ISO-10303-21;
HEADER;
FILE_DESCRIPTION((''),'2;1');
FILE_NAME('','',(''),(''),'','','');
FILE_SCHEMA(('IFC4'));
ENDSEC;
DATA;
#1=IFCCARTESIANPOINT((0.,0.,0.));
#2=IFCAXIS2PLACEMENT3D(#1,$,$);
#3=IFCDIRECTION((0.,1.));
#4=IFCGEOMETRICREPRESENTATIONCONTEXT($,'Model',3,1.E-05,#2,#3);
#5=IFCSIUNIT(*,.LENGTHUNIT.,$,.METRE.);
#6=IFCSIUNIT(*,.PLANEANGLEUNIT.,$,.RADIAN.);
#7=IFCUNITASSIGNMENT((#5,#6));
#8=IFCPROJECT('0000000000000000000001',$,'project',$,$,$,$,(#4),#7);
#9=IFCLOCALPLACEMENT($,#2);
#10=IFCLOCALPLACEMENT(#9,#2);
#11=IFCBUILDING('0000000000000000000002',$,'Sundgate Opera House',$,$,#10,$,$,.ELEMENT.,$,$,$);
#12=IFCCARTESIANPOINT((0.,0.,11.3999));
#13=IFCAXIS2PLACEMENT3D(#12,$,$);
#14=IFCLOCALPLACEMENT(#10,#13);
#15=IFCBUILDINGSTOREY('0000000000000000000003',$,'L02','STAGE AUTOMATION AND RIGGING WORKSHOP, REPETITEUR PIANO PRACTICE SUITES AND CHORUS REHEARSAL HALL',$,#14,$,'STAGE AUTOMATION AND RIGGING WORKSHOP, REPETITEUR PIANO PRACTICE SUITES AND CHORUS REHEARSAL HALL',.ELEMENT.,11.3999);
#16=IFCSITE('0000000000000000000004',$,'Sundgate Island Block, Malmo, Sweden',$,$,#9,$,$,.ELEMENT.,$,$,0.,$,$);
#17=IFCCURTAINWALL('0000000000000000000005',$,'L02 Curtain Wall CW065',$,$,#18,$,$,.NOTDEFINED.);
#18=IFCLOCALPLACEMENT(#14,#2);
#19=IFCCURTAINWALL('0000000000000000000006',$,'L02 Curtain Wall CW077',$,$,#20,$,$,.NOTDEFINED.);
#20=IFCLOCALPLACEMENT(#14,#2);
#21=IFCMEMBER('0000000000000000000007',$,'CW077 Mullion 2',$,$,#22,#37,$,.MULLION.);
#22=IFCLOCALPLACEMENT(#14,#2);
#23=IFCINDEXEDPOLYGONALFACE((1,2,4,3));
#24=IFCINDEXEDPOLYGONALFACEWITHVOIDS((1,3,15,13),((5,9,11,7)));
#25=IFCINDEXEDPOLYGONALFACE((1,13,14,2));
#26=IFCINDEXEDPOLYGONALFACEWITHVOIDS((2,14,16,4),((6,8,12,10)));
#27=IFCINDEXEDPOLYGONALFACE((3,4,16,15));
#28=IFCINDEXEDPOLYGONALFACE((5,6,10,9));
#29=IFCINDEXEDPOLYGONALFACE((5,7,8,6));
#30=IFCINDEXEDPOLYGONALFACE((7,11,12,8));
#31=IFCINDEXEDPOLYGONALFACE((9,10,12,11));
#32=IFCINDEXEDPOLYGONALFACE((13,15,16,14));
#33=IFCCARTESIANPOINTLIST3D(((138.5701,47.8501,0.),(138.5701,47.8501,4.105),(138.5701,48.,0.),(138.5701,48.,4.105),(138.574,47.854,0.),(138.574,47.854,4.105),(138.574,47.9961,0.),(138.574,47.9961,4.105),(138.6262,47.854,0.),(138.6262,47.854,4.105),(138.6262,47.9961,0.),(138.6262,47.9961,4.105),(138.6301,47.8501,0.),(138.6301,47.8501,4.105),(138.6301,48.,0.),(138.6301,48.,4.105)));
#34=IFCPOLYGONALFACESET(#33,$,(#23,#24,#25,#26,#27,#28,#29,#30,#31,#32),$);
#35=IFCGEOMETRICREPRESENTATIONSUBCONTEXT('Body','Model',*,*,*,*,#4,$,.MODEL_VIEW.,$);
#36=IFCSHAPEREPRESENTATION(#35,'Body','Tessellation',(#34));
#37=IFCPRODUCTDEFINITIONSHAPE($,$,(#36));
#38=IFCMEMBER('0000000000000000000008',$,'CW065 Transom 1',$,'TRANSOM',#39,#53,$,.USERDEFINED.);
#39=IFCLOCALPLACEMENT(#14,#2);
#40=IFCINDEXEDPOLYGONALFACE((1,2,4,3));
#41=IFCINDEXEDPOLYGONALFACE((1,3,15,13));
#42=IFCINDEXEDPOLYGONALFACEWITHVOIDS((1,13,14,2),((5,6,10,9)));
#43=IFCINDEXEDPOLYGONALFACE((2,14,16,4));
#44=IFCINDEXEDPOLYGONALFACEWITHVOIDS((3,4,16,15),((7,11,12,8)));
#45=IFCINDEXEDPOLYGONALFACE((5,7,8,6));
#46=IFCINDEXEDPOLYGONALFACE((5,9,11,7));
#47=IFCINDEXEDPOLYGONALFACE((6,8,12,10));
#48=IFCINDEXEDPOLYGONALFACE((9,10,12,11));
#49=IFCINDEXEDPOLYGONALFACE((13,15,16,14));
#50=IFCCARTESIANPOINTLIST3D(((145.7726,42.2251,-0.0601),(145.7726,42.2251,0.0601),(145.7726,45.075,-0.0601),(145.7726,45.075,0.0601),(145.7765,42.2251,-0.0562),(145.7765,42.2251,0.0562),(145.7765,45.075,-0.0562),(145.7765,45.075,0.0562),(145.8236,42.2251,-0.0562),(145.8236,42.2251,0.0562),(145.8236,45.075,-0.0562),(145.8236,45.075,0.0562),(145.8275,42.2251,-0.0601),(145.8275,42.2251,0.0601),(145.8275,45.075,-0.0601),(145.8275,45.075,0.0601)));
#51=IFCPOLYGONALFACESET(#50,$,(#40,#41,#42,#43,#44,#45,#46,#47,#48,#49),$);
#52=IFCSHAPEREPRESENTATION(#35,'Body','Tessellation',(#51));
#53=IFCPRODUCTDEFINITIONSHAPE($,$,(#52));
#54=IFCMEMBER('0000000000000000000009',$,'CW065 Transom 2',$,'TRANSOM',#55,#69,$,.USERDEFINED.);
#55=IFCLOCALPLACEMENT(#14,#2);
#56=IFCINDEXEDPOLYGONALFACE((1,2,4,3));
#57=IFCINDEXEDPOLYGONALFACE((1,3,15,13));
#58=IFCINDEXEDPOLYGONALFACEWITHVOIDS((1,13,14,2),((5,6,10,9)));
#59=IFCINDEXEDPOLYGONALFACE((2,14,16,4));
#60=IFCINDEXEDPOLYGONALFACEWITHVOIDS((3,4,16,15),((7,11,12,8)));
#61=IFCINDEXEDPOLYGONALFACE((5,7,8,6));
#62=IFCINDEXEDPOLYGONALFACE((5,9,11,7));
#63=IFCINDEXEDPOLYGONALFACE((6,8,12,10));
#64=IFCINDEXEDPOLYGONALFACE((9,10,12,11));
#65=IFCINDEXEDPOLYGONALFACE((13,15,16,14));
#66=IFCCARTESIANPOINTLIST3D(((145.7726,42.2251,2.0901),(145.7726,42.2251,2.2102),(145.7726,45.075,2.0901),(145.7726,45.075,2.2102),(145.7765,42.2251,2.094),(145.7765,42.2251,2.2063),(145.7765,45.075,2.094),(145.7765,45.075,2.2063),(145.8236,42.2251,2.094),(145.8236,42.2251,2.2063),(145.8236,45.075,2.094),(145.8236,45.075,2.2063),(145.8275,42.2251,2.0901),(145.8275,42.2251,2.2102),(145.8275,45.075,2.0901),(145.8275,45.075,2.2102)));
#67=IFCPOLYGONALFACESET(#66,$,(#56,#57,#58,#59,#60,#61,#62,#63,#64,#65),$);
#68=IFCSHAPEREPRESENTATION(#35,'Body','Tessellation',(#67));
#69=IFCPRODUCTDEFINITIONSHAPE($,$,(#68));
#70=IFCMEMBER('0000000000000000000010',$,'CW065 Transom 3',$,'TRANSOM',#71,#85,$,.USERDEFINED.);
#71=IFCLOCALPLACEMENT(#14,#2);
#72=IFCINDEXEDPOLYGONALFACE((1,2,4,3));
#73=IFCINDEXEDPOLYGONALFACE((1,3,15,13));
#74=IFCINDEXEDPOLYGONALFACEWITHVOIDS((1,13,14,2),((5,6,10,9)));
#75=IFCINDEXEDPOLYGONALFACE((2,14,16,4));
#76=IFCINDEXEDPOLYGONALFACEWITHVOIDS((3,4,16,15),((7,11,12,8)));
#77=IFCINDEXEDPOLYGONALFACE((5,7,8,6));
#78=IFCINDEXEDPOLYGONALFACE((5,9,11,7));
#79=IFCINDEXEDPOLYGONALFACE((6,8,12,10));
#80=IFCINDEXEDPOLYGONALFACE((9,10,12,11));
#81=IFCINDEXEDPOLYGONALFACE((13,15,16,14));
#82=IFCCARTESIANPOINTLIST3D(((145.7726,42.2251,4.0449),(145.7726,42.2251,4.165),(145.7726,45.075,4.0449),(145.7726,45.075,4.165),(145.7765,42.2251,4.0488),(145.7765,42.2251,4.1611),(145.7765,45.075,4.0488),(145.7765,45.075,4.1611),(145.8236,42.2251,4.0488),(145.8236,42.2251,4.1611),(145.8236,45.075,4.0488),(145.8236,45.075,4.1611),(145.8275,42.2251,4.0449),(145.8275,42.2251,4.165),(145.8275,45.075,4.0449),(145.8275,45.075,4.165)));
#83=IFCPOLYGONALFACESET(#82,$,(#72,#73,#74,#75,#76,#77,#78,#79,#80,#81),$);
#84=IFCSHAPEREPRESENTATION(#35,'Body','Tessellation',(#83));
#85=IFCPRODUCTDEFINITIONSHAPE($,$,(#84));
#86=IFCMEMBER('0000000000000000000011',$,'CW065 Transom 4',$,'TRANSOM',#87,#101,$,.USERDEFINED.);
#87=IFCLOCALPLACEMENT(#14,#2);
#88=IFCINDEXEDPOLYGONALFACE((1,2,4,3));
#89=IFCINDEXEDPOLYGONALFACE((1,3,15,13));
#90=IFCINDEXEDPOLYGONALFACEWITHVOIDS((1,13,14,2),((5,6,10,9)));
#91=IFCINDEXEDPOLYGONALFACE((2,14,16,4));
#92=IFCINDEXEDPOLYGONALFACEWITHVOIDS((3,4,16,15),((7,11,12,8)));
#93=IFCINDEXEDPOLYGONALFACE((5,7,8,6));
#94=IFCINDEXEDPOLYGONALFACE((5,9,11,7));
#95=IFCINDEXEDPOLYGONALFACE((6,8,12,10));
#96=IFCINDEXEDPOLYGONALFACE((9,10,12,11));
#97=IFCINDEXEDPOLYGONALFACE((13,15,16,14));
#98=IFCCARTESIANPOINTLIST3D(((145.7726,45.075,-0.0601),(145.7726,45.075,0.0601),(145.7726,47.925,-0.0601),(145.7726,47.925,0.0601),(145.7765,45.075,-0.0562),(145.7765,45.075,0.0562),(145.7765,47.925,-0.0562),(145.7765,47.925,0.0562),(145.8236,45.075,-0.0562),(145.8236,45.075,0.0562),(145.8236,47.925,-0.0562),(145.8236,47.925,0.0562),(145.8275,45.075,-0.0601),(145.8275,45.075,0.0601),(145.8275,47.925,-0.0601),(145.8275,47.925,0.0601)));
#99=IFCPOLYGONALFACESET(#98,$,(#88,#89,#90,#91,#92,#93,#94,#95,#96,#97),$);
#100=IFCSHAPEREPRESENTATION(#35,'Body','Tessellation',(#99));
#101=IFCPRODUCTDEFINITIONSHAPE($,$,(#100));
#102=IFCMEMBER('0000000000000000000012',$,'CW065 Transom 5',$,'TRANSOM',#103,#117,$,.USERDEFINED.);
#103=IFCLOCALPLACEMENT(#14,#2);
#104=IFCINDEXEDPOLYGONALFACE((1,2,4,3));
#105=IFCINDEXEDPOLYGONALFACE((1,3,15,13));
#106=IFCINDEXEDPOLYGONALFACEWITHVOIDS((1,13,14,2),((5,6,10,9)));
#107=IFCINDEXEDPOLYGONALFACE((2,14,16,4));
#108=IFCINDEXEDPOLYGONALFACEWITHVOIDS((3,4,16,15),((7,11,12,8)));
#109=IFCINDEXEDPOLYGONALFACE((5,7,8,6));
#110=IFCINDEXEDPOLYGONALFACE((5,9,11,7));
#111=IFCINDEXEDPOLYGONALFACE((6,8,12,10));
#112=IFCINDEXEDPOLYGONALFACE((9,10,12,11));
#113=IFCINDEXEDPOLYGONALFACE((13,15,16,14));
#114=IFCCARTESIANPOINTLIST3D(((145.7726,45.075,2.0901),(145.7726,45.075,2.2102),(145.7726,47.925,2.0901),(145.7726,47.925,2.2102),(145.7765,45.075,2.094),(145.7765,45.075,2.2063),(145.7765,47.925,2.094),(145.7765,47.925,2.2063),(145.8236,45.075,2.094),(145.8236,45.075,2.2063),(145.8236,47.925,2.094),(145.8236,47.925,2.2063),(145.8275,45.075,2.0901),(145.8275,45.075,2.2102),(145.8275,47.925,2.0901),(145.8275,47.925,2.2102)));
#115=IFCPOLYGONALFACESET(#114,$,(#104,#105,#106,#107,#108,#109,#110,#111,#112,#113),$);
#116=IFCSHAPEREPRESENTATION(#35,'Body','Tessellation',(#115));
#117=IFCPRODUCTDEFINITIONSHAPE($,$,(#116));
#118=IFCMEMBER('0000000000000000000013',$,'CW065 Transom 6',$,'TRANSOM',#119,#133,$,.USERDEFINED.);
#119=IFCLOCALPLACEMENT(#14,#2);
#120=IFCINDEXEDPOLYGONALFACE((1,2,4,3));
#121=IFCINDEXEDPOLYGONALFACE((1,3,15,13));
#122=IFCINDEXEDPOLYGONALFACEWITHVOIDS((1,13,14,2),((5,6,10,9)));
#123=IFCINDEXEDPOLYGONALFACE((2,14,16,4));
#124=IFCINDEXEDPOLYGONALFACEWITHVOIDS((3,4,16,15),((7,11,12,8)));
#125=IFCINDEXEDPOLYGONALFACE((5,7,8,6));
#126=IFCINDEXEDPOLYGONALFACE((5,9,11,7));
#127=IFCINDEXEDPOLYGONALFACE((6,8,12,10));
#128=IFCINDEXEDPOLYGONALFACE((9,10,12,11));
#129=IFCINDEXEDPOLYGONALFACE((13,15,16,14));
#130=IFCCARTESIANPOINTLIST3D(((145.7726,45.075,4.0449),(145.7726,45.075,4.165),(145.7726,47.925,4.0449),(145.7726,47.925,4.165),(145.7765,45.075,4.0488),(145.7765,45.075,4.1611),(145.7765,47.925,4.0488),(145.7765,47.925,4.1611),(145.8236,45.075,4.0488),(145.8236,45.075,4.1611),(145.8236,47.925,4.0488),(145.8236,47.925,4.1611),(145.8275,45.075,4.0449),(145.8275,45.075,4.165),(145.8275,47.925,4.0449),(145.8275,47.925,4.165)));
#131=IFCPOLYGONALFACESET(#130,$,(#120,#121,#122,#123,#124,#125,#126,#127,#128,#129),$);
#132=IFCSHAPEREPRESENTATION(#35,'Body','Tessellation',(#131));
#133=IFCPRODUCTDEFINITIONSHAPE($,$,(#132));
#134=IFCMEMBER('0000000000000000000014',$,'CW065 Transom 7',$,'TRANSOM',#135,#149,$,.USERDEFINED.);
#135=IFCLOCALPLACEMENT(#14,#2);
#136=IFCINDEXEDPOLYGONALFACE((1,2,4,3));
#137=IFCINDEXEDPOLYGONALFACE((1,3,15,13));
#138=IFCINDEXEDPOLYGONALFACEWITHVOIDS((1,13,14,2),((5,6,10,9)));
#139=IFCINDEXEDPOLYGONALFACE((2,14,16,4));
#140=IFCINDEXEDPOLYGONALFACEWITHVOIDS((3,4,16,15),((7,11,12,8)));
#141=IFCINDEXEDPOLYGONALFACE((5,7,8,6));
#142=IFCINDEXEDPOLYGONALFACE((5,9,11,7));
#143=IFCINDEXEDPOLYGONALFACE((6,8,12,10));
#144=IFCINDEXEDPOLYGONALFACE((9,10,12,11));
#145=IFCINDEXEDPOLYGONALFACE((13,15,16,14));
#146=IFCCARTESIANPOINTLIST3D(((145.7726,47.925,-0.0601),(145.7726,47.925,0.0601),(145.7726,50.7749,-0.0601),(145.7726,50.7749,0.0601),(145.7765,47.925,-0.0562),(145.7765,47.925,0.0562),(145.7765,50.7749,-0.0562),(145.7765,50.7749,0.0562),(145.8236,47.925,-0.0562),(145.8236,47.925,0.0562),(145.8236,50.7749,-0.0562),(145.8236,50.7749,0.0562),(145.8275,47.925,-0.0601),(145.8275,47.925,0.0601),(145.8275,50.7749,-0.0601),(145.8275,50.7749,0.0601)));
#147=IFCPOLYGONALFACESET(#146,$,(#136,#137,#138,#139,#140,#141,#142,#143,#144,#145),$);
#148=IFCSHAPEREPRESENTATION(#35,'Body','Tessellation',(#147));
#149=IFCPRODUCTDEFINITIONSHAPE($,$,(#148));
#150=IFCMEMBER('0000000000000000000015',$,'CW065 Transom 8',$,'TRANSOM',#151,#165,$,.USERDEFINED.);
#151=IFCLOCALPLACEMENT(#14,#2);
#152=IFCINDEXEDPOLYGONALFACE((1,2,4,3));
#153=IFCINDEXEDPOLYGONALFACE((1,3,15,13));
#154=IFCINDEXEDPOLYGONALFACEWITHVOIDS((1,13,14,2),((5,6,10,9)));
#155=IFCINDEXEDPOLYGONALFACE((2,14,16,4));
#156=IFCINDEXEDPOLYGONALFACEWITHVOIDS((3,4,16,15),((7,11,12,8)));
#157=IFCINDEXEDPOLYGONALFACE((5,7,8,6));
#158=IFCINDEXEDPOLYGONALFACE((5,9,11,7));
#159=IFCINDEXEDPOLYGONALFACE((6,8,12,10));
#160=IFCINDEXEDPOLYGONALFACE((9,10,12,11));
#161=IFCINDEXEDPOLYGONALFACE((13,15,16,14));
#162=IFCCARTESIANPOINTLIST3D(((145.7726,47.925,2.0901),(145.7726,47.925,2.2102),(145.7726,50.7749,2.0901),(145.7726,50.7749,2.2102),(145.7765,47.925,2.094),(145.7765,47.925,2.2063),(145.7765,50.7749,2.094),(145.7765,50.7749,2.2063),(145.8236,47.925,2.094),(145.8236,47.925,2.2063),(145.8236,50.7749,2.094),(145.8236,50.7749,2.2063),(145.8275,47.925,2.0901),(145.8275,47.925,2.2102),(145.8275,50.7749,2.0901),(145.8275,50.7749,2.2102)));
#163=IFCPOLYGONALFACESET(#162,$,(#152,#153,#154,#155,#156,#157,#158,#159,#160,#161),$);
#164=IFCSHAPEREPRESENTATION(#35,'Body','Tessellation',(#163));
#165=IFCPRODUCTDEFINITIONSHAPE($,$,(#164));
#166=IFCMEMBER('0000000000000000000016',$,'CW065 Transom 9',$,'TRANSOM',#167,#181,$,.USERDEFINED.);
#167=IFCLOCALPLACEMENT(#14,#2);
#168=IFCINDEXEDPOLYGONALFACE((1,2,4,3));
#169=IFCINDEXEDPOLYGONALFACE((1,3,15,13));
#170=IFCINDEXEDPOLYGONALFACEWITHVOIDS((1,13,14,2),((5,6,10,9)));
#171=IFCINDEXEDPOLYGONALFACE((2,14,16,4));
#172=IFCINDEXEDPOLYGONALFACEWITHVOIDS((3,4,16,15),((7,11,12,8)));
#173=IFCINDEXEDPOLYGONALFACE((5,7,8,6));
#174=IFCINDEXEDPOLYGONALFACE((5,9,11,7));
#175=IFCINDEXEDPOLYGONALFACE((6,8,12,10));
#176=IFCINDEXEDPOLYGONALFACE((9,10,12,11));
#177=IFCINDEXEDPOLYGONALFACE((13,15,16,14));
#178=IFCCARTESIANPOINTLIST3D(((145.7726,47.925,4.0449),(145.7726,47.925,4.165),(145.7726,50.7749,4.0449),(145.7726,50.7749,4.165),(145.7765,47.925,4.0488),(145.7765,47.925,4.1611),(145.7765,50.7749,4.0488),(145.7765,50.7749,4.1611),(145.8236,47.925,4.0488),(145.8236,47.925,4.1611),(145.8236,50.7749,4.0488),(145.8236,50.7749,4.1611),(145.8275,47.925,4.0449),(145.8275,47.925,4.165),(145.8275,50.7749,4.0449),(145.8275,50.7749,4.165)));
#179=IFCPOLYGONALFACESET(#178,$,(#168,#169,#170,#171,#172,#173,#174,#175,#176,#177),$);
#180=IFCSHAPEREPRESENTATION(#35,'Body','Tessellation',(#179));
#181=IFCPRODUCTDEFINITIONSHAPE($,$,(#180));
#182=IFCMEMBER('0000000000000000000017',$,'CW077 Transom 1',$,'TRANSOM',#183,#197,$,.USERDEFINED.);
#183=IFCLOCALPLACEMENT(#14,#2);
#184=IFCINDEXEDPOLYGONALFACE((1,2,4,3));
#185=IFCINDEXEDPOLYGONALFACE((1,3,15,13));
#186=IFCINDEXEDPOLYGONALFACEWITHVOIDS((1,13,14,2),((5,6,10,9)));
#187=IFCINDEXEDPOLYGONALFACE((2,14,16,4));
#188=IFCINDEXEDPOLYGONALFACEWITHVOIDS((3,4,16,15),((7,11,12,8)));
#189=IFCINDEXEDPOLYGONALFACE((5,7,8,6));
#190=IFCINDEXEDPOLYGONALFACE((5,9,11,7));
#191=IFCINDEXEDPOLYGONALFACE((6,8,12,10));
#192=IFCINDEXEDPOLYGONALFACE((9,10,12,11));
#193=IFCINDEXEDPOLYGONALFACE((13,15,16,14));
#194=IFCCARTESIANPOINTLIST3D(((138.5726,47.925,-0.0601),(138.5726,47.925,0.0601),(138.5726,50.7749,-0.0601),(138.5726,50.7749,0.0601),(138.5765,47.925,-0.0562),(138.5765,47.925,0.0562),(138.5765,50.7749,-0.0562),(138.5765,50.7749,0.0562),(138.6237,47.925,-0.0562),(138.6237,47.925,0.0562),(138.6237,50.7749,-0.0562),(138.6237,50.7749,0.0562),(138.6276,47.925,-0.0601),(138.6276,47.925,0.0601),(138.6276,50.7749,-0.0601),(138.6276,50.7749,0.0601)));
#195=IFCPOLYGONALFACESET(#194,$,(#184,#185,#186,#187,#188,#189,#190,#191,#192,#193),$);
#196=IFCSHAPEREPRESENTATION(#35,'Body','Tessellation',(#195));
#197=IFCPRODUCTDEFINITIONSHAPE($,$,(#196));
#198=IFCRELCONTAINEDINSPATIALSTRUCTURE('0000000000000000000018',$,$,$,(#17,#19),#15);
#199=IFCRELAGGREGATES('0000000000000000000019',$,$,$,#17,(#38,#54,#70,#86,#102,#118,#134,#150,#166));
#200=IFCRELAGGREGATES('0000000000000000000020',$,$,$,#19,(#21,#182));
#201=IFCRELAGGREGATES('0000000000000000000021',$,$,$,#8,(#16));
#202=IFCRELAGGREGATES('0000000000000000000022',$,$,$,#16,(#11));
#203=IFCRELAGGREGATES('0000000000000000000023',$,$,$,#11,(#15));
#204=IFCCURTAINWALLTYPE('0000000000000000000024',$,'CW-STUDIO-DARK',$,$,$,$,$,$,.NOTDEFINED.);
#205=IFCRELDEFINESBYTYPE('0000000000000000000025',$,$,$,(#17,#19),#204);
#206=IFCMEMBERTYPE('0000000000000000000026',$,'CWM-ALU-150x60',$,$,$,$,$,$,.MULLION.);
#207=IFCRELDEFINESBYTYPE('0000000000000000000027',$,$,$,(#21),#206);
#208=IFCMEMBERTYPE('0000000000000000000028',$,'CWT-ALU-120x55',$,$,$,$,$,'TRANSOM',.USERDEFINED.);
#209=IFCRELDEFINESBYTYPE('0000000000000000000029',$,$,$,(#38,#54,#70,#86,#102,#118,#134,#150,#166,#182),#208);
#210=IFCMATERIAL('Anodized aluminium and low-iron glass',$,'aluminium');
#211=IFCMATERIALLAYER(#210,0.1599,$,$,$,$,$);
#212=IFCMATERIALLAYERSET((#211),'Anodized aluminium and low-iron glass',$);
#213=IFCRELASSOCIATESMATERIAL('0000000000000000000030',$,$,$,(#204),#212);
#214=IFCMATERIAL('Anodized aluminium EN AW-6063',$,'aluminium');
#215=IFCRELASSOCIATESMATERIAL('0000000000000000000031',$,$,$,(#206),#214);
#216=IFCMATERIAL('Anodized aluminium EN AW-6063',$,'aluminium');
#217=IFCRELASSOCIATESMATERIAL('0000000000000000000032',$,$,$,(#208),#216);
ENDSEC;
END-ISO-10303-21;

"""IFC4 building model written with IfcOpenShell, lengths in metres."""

from ifc_helpers import new_model, si_unit, direction, frame, origin, origin_2d, place, context, subcontext, project, spatial, hollow_rectangle, extrude, material, layer, layer_set, material_profile, profile_set, type_object, element, aggregate, save


model = new_model("IFC4")

# Units and contexts
model_context = context("Model", 3, precision=1e-05, world=origin(), true_north=direction((0.0, 1.0)))
body_context = subcontext(model_context, "Body", "Model", "MODEL_VIEW")
ifc_project = project(units=[si_unit("LENGTHUNIT", "METRE"), si_unit("PLANEANGLEUNIT", "RADIAN")], contexts=[model_context])

# Site, building, storey
site_placement = place(None, origin())
site = spatial("IfcSite", under=ifc_project, at=site_placement, Name="Sundgate Island Block, Malmo, Sweden", CompositionType="ELEMENT", RefElevation=0.0)
building_placement = place(site_placement, origin())
building = spatial("IfcBuilding", under=site, at=building_placement, Name="Sundgate Opera House", CompositionType="ELEMENT")
storey_placement = place(building_placement, frame((0.0, 0.0, 11.3999)))
storey = spatial("IfcBuildingStorey", under=building, at=storey_placement, Name="L02", Description="STAGE AUTOMATION AND RIGGING WORKSHOP, REPETITEUR PIANO PRACTICE SUITES AND CHORUS REHEARSAL HALL", LongName="STAGE AUTOMATION AND RIGGING WORKSHOP, REPETITEUR PIANO PRACTICE SUITES AND CHORUS REHEARSAL HALL", CompositionType="ELEMENT", Elevation=11.3999)

# Shared definitions
ifc_material_1 = material(Name="Anodized aluminium and low-iron glass", Category="aluminium")
ifc_layer_1 = layer(ifc_material_1, 0.1599)
ifc_layer_set_1 = layer_set([ifc_layer_1], Name="Anodized aluminium and low-iron glass")
curtain_wall_type = type_object("IfcCurtainWallType", Name="CW-STUDIO-DARK", PredefinedType="NOTDEFINED", material=ifc_layer_set_1)
ifc_material_2 = material(Name="Anodized aluminium EN AW-6063", Category="aluminium")
ifc_material_profile_1 = material_profile(ifc_material_2, hollow_rectangle(XDim=0.0601, YDim=0.1499, WallThickness=0.0039, at=origin_2d()), Name="CWM 150x60x4")
ifc_profile_set_1 = profile_set([ifc_material_profile_1], Name="Anodized aluminium EN AW-6063")
member_type_1 = type_object("IfcMemberType", Name="CWM-ALU-150x60", PredefinedType="MULLION", material=ifc_profile_set_1)

# Curtain walls, member
curtain_wall_1_placement = place(storey_placement, origin())
curtain_wall_1 = element("IfcCurtainWall", 1, at=curtain_wall_1_placement, inside=storey, type_object=curtain_wall_type, Name="L02 Curtain Wall CW065", PredefinedType="NOTDEFINED")
curtain_wall_2_placement = place(storey_placement, origin())
curtain_wall_2 = element("IfcCurtainWall", 2, at=curtain_wall_2_placement, inside=storey, type_object=curtain_wall_type, Name="L02 Curtain Wall CW077", PredefinedType="NOTDEFINED")
member_1_placement = place(storey_placement, frame((138.6001, 47.925, 0.0), z_axis=(0.0, 0.0, 1.0), x_axis=(1.0, 0.0, 0.0)))
member_1 = element("IfcMember", 3, at=member_1_placement, type_object=member_type_1, Name="CW077 Mullion 2", PredefinedType="MULLION", context=body_context, shape_type="SweptSolid", body=[
    extrude(hollow_rectangle(XDim=0.0601, YDim=0.1499, WallThickness=0.0039, at=origin_2d()), origin(), (0.0, 0.0, 1.0), 4.105),
])

# Members
ifc_material_3 = material(Name="Anodized aluminium EN AW-6063", Category="aluminium")
ifc_material_profile_2 = material_profile(ifc_material_3, hollow_rectangle(XDim=0.0549, YDim=0.1201, WallThickness=0.0039, at=origin_2d()), Name="CWT 120x55x4")
ifc_profile_set_2 = profile_set([ifc_material_profile_2], Name="Anodized aluminium EN AW-6063")
member_type_2 = type_object("IfcMemberType", Name="CWT-ALU-120x55", ElementType="TRANSOM", PredefinedType="USERDEFINED", material=ifc_profile_set_2)
member_2_placement = place(storey_placement, frame((145.8, 42.2251, 0.0), z_axis=(0.0, 1.0, 0.0), x_axis=(-1.0, 0.0, 0.0)))
member_2 = element("IfcMember", 4, at=member_2_placement, type_object=member_type_2, Name="CW065 Transom 1", ObjectType="TRANSOM", PredefinedType="USERDEFINED", context=body_context, shape_type="SweptSolid", body=[
    extrude(hollow_rectangle(XDim=0.0549, YDim=0.1201, WallThickness=0.0039, at=origin_2d()), origin(), (0.0, 0.0, 1.0), 2.8499),
])
member_3_placement = place(storey_placement, frame((145.8, 42.2251, 2.1501), z_axis=(0.0, 1.0, 0.0), x_axis=(-1.0, 0.0, 0.0)))
member_3 = element("IfcMember", 5, at=member_3_placement, type_object=member_type_2, Name="CW065 Transom 2", ObjectType="TRANSOM", PredefinedType="USERDEFINED", context=body_context, shape_type="SweptSolid", body=[
    extrude(hollow_rectangle(XDim=0.0549, YDim=0.1201, WallThickness=0.0039, at=origin_2d()), origin(), (0.0, 0.0, 1.0), 2.8499),
])
member_4_placement = place(storey_placement, frame((145.8, 42.2251, 4.105), z_axis=(0.0, 1.0, 0.0), x_axis=(-1.0, 0.0, 0.0)))
member_4 = element("IfcMember", 6, at=member_4_placement, type_object=member_type_2, Name="CW065 Transom 3", ObjectType="TRANSOM", PredefinedType="USERDEFINED", context=body_context, shape_type="SweptSolid", body=[
    extrude(hollow_rectangle(XDim=0.0549, YDim=0.1201, WallThickness=0.0039, at=origin_2d()), origin(), (0.0, 0.0, 1.0), 2.8499),
])
member_5_placement = place(storey_placement, frame((145.8, 45.075, 0.0), z_axis=(0.0, 1.0, 0.0), x_axis=(-1.0, 0.0, 0.0)))
member_5 = element("IfcMember", 7, at=member_5_placement, type_object=member_type_2, Name="CW065 Transom 4", ObjectType="TRANSOM", PredefinedType="USERDEFINED", context=body_context, shape_type="SweptSolid", body=[
    extrude(hollow_rectangle(XDim=0.0549, YDim=0.1201, WallThickness=0.0039, at=origin_2d()), origin(), (0.0, 0.0, 1.0), 2.8501),
])
member_6_placement = place(storey_placement, frame((145.8, 45.075, 2.1501), z_axis=(0.0, 1.0, 0.0), x_axis=(-1.0, 0.0, 0.0)))
member_6 = element("IfcMember", 8, at=member_6_placement, type_object=member_type_2, Name="CW065 Transom 5", ObjectType="TRANSOM", PredefinedType="USERDEFINED", context=body_context, shape_type="SweptSolid", body=[
    extrude(hollow_rectangle(XDim=0.0549, YDim=0.1201, WallThickness=0.0039, at=origin_2d()), origin(), (0.0, 0.0, 1.0), 2.8501),
])
member_7_placement = place(storey_placement, frame((145.8, 45.075, 4.105), z_axis=(0.0, 1.0, 0.0), x_axis=(-1.0, 0.0, 0.0)))
member_7 = element("IfcMember", 9, at=member_7_placement, type_object=member_type_2, Name="CW065 Transom 6", ObjectType="TRANSOM", PredefinedType="USERDEFINED", context=body_context, shape_type="SweptSolid", body=[
    extrude(hollow_rectangle(XDim=0.0549, YDim=0.1201, WallThickness=0.0039, at=origin_2d()), origin(), (0.0, 0.0, 1.0), 2.8501),
])
member_8_placement = place(storey_placement, frame((145.8, 47.925, 0.0), z_axis=(0.0, 1.0, 0.0), x_axis=(-1.0, 0.0, 0.0)))
member_8 = element("IfcMember", 10, at=member_8_placement, type_object=member_type_2, Name="CW065 Transom 7", ObjectType="TRANSOM", PredefinedType="USERDEFINED", context=body_context, shape_type="SweptSolid", body=[
    extrude(hollow_rectangle(XDim=0.0549, YDim=0.1201, WallThickness=0.0039, at=origin_2d()), origin(), (0.0, 0.0, 1.0), 2.8499),
])
member_9_placement = place(storey_placement, frame((145.8, 47.925, 2.1501), z_axis=(0.0, 1.0, 0.0), x_axis=(-1.0, 0.0, 0.0)))
member_9 = element("IfcMember", 11, at=member_9_placement, type_object=member_type_2, Name="CW065 Transom 8", ObjectType="TRANSOM", PredefinedType="USERDEFINED", context=body_context, shape_type="SweptSolid", body=[
    extrude(hollow_rectangle(XDim=0.0549, YDim=0.1201, WallThickness=0.0039, at=origin_2d()), origin(), (0.0, 0.0, 1.0), 2.8499),
])
member_10_placement = place(storey_placement, frame((145.8, 47.925, 4.105), z_axis=(0.0, 1.0, 0.0), x_axis=(-1.0, 0.0, 0.0)))
member_10 = element("IfcMember", 12, at=member_10_placement, type_object=member_type_2, Name="CW065 Transom 9", ObjectType="TRANSOM", PredefinedType="USERDEFINED", context=body_context, shape_type="SweptSolid", body=[
    extrude(hollow_rectangle(XDim=0.0549, YDim=0.1201, WallThickness=0.0039, at=origin_2d()), origin(), (0.0, 0.0, 1.0), 2.8499),
])
member_11_placement = place(storey_placement, frame((138.6001, 50.7749, 0.0), z_axis=(0.0, -1.0, 0.0), x_axis=(1.0, 0.0, 0.0)))
member_11 = element("IfcMember", 13, at=member_11_placement, type_object=member_type_2, Name="CW077 Transom 1", ObjectType="TRANSOM", PredefinedType="USERDEFINED", context=body_context, shape_type="SweptSolid", body=[
    extrude(hollow_rectangle(XDim=0.0549, YDim=0.1201, WallThickness=0.0039, at=origin_2d()), origin(), (0.0, 0.0, 1.0), 2.8499),
])

aggregate(curtain_wall_1, [member_2, member_3, member_4, member_5, member_6, member_7, member_8, member_9, member_10])
aggregate(curtain_wall_2, [member_1, member_11])

save(model, "model.ifc")
